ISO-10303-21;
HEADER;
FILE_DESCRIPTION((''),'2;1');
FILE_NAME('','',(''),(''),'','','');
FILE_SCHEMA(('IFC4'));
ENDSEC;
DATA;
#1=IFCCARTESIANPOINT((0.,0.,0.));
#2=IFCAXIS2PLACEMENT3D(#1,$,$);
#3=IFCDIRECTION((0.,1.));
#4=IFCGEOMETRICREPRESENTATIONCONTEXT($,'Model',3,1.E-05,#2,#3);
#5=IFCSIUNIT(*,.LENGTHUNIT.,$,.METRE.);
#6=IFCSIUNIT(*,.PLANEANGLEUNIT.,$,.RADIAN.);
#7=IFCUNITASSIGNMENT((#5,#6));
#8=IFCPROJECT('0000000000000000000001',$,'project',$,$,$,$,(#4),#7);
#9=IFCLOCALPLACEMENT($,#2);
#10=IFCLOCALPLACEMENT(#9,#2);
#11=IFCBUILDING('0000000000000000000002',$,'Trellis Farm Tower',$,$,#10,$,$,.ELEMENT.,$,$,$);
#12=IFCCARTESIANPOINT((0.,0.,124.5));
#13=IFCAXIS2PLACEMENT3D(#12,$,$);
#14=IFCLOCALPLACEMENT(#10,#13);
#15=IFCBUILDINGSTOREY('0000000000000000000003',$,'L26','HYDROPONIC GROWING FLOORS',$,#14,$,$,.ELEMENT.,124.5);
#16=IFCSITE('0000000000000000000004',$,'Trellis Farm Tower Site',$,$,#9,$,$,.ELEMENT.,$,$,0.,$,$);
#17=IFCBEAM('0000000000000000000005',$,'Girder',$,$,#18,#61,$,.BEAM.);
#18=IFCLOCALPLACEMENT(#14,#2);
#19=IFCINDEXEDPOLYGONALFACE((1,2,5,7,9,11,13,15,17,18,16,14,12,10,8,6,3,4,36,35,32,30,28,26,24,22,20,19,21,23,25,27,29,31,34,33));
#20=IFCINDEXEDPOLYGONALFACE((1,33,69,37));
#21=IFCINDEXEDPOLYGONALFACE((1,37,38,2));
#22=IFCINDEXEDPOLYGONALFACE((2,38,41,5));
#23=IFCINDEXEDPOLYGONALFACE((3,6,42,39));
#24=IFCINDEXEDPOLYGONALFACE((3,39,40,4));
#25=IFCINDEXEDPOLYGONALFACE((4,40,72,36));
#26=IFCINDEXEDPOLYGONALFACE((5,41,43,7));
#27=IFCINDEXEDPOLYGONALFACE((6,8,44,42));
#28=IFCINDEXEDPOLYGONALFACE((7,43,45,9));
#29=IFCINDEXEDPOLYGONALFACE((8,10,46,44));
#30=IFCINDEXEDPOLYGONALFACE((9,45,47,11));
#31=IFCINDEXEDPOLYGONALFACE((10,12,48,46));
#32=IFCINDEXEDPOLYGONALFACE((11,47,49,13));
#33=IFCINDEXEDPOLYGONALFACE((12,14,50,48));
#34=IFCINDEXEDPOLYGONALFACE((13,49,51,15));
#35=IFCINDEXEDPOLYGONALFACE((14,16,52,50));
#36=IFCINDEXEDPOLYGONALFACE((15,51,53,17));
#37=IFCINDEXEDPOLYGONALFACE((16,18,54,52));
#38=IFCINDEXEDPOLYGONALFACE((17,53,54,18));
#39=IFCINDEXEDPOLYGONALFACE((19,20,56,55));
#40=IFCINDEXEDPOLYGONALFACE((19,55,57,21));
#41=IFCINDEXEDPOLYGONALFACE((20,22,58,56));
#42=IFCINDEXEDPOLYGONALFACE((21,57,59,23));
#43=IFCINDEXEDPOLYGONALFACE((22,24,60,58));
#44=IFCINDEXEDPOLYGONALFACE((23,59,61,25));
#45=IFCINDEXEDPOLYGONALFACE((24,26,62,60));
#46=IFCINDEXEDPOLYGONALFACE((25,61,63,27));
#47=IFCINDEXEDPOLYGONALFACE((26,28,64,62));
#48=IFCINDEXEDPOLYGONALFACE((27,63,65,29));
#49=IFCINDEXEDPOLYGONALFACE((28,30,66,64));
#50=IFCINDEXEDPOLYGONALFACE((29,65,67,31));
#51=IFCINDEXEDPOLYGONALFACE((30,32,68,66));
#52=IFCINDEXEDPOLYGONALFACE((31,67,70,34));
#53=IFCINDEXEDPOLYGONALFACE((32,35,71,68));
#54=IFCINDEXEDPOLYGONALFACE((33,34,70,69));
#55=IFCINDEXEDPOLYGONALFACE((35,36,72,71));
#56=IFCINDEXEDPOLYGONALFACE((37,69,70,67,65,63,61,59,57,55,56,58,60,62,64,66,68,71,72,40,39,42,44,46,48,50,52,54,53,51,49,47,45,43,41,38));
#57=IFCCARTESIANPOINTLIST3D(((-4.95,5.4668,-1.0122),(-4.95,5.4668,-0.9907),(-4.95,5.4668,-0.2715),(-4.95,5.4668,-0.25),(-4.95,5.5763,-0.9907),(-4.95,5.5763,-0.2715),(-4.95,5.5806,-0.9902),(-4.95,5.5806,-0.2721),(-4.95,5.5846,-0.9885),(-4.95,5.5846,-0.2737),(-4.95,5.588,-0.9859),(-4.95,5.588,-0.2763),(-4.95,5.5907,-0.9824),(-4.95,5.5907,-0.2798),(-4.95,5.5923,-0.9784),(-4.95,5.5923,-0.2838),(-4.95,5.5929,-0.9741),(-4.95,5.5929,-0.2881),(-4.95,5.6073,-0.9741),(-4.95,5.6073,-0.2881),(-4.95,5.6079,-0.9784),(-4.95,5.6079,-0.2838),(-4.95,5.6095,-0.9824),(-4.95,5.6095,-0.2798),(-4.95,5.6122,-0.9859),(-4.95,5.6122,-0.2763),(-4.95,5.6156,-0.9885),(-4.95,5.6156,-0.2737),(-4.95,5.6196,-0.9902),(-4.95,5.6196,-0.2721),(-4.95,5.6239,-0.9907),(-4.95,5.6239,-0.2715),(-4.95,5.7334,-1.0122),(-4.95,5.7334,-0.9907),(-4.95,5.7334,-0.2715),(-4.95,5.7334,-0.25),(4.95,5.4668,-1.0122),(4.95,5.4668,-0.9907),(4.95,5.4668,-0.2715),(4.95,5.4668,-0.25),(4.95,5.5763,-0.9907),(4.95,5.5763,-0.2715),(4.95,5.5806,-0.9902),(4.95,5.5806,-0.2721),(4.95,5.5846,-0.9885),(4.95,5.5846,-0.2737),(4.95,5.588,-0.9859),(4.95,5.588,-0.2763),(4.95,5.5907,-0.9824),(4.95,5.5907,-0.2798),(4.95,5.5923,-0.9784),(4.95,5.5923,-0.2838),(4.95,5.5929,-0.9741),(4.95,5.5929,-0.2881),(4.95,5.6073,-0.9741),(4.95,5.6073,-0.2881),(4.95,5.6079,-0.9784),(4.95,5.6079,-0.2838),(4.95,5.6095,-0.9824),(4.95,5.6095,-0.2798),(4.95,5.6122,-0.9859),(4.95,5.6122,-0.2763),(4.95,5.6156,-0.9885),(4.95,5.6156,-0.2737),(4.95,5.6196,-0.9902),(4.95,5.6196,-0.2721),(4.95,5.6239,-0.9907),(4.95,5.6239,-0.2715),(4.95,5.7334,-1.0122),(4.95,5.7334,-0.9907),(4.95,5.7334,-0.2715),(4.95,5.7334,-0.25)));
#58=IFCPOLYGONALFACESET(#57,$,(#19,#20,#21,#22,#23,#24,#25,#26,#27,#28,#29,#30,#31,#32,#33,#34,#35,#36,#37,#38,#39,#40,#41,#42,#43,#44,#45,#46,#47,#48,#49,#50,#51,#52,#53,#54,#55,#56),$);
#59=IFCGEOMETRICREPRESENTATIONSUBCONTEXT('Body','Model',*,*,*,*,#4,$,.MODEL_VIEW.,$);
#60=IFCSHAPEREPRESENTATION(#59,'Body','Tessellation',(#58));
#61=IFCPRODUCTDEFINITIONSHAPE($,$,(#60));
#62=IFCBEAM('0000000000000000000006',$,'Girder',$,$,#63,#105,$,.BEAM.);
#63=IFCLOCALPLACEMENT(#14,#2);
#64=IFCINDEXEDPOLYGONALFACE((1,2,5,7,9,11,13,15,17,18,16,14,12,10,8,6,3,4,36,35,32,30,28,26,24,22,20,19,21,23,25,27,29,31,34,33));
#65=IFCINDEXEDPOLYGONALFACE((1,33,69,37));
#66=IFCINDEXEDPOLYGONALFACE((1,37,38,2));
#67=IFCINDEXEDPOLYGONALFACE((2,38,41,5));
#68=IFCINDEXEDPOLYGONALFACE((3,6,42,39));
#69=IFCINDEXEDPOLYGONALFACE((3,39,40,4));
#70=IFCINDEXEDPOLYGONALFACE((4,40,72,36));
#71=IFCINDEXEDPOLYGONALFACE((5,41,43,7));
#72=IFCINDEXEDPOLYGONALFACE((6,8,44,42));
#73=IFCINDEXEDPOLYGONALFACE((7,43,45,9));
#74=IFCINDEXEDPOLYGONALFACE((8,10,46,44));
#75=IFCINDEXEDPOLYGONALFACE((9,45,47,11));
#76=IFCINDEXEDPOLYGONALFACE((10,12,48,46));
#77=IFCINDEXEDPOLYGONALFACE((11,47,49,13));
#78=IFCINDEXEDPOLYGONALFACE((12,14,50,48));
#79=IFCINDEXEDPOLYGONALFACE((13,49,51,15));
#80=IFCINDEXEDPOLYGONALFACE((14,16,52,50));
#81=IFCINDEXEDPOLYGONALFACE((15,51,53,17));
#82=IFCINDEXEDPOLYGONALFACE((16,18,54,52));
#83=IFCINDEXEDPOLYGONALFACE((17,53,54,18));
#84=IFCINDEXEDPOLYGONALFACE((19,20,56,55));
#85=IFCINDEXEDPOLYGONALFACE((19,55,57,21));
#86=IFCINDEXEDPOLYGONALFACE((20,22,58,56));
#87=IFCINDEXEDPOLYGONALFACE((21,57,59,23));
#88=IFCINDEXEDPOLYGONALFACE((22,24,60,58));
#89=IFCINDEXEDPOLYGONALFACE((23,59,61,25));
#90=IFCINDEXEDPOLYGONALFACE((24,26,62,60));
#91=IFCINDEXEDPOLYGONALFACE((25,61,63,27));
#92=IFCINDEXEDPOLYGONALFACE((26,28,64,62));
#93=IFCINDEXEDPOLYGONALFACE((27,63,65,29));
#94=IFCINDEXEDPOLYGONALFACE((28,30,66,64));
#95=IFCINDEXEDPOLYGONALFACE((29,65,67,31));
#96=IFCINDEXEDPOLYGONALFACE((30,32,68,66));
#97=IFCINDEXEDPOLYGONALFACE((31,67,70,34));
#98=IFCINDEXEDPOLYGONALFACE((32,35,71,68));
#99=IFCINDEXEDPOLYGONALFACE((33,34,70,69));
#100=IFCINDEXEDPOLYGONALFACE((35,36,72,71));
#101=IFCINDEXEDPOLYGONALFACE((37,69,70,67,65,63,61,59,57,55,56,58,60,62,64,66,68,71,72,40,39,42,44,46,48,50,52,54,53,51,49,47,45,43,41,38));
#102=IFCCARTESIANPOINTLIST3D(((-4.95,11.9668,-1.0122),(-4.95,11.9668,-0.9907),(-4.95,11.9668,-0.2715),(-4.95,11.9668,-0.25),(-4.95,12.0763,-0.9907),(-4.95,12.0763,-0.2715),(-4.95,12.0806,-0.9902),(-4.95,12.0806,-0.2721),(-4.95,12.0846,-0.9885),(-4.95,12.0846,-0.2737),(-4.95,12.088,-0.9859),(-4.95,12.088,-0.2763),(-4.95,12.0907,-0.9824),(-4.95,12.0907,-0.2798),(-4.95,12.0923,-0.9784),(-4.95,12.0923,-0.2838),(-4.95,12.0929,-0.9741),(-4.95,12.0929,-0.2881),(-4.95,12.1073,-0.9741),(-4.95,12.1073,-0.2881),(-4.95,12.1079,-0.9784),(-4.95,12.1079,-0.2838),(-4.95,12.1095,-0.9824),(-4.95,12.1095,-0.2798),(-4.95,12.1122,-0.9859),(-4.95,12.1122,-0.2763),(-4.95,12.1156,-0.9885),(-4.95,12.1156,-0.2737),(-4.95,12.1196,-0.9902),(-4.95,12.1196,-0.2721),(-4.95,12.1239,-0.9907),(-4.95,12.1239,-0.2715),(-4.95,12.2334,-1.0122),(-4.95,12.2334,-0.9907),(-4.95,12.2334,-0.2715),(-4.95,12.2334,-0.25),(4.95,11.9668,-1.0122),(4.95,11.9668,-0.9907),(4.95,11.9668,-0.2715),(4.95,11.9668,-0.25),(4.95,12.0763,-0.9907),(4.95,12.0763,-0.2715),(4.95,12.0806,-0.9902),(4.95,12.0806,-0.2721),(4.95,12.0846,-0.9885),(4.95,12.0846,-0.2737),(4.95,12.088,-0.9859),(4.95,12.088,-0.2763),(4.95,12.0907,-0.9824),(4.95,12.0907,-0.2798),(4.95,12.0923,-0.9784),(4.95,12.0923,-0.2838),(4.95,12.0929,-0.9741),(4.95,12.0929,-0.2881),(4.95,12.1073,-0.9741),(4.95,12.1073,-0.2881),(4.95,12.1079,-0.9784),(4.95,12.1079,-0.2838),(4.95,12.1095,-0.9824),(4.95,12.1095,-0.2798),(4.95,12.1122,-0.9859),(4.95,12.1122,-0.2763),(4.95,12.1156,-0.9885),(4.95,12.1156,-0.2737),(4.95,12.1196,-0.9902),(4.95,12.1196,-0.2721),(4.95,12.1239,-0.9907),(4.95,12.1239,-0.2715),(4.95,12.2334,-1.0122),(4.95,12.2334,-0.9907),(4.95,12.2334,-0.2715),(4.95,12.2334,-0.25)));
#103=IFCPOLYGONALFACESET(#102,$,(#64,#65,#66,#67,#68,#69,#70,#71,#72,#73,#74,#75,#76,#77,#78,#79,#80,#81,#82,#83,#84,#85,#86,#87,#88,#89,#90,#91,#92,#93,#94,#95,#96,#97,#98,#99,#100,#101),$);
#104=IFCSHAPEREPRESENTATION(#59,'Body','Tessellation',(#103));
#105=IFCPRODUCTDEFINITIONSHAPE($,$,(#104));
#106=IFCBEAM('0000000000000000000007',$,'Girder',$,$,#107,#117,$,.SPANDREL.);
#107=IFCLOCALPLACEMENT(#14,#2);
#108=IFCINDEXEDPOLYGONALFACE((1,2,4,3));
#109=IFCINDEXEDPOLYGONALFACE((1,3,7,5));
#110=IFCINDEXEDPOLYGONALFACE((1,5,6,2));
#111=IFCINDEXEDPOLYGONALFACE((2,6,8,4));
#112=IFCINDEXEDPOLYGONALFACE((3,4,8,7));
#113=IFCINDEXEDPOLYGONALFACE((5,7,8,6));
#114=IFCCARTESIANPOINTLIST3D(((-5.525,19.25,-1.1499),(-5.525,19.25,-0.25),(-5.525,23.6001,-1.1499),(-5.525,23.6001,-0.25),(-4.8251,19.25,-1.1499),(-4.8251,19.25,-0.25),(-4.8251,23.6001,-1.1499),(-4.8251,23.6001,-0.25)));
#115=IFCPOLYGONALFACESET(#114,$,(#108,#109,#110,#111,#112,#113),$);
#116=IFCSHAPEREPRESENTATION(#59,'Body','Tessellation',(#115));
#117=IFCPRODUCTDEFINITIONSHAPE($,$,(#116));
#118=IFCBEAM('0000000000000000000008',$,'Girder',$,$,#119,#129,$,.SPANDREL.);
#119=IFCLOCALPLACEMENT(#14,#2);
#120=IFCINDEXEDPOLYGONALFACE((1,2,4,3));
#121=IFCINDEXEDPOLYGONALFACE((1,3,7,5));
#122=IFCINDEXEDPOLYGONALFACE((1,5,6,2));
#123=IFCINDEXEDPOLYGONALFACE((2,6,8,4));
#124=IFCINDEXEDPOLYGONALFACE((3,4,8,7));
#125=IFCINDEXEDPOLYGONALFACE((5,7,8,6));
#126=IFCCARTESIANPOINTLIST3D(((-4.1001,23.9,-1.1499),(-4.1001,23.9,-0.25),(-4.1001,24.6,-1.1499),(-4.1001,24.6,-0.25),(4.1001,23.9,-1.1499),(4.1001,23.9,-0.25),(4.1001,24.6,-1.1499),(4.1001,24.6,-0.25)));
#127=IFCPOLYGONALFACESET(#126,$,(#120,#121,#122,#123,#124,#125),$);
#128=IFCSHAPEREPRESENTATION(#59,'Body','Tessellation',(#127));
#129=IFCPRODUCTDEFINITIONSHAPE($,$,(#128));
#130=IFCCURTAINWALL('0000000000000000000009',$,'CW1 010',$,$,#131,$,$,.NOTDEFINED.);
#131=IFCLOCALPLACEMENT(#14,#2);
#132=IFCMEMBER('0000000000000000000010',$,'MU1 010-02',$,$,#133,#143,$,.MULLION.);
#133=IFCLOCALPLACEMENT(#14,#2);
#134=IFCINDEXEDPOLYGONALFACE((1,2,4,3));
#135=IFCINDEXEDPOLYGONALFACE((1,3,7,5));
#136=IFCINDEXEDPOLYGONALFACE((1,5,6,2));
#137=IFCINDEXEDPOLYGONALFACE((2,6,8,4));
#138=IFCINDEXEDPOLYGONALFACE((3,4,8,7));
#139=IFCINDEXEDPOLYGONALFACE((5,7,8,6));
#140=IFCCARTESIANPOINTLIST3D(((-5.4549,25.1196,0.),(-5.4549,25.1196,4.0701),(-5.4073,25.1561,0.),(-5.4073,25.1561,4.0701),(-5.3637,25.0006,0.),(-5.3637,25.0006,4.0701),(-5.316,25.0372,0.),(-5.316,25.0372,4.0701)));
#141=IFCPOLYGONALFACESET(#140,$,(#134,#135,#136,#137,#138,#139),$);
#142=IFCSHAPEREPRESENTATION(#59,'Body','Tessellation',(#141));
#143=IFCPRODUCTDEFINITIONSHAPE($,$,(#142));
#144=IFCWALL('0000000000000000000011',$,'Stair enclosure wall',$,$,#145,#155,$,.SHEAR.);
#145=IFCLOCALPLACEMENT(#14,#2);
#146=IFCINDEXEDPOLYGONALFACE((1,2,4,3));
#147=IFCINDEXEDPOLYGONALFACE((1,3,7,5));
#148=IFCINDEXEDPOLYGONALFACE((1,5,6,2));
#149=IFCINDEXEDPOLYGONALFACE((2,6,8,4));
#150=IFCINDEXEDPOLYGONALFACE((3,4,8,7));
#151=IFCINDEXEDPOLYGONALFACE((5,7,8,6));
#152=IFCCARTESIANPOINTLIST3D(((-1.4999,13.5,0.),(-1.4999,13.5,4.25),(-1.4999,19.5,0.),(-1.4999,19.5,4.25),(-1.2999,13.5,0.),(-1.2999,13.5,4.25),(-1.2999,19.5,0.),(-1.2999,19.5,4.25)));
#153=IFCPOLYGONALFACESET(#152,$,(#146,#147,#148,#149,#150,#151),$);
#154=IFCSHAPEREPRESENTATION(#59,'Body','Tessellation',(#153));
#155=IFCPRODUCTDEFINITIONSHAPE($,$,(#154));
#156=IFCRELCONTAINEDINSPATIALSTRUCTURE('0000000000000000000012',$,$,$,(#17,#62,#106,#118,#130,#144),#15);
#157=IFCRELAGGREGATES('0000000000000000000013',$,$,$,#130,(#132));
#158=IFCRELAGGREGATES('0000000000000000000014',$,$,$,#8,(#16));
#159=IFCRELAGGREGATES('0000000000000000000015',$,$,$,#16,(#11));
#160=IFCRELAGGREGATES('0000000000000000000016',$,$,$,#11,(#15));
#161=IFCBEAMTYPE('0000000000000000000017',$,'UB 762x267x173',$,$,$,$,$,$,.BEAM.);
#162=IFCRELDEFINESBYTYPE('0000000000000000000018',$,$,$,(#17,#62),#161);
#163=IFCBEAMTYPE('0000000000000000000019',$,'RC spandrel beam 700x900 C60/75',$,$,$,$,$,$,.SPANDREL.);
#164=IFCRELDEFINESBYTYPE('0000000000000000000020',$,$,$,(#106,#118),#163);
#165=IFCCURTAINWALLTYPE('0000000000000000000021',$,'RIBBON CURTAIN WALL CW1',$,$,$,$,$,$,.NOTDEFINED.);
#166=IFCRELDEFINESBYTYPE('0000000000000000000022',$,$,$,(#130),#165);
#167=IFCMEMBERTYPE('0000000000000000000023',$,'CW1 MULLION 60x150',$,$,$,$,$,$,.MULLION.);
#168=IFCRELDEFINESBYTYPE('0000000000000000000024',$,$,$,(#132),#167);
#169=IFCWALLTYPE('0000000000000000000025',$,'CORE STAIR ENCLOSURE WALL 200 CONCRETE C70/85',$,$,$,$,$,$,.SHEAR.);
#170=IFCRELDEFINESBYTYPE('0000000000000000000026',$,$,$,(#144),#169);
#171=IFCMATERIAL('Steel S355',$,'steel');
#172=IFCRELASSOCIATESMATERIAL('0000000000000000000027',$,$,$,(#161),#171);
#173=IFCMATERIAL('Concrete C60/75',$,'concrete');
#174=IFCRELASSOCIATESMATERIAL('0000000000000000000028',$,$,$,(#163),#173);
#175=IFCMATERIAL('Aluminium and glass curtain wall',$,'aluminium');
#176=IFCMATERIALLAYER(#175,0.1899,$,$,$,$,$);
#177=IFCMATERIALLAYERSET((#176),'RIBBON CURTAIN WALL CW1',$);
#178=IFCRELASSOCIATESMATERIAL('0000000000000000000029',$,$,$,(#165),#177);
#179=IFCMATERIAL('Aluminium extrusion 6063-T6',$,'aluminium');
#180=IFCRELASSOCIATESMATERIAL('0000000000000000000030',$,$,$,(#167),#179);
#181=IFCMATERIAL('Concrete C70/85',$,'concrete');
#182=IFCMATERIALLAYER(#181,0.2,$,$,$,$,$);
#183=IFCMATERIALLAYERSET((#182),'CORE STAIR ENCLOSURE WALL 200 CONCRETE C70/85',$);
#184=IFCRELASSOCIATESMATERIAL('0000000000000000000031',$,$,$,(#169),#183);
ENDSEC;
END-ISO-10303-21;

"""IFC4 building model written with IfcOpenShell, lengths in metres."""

from ifc_helpers import new_model, si_unit, direction, frame, frame_2d, origin, origin_2d, place, context, subcontext, project, spatial, rectangle, i_section, extrude, source, transform, mapped, material, layer, layer_set, material_profile, profile_set, type_object, element, aggregate, save


model = new_model("IFC4")

# Units and contexts
model_context = context("Model", 3, precision=1e-05, world=origin(), true_north=direction((0.0, 1.0)))
body_context = subcontext(model_context, "Body", "Model", "MODEL_VIEW")
ifc_project = project(units=[si_unit("LENGTHUNIT", "METRE"), si_unit("PLANEANGLEUNIT", "RADIAN")], contexts=[model_context])

# Site, building, storey
site_placement = place(None, origin())
site = spatial("IfcSite", under=ifc_project, at=site_placement, Name="Trellis Farm Tower Site", CompositionType="ELEMENT", RefElevation=0.0)
building_placement = place(site_placement, origin())
building = spatial("IfcBuilding", under=site, at=building_placement, Name="Trellis Farm Tower", CompositionType="ELEMENT")
storey_placement = place(building_placement, frame((0.0, 0.0, 124.5)))
storey = spatial("IfcBuildingStorey", under=building, at=storey_placement, Name="L26", Description="HYDROPONIC GROWING FLOORS", CompositionType="ELEMENT", Elevation=124.5)

# Beams
ifc_material_1 = material(Name="Steel S355", Category="steel")
ifc_material_profile_1 = material_profile(ifc_material_1, i_section(OverallWidth=0.2666, OverallDepth=0.7622, WebThickness=0.0144, FlangeThickness=0.0215, FilletRadius=0.0166, at=origin_2d()), Name="UB 762x267x173")
ifc_profile_set_1 = profile_set([ifc_material_profile_1], Name="Steel S355")
beam_type_1 = type_object("IfcBeamType", Name="UB 762x267x173", PredefinedType="BEAM", material=ifc_profile_set_1)
shared_shape_1 = source(origin(), body_context, "Body", "SweptSolid", [
    extrude(i_section(OverallWidth=0.2666, OverallDepth=0.7622, WebThickness=0.0144, FlangeThickness=0.0215, FilletRadius=0.0166, at=origin_2d()), origin(), (0.0, 0.0, 1.0), 9.8999),
])
for number, where, z_axis, x_axis, name in (
    (1, (-4.95, 5.6001, -0.6311), (1.0, 0.0, 0.0), (0.0, 1.0, 0.0), "Girder"),
    (2, (-4.95, 12.1001, -0.6311), (1.0, 0.0, 0.0), (0.0, 1.0, 0.0), "Girder"),
):
    element("IfcBeam", number, at=place(storey_placement, frame(where, z_axis=z_axis, x_axis=x_axis)), inside=storey, type_object=beam_type_1, Name=name, PredefinedType="BEAM", context=body_context, shape_type="MappedRepresentation", body=[
        mapped(shared_shape_1, transform((0.0, 0.0, 0.0))),
    ])
ifc_material_2 = material(Name="Concrete C60/75", Category="concrete")
ifc_material_profile_2 = material_profile(ifc_material_2, rectangle(XDim=0.7, YDim=0.8999, at=origin_2d()), Name="RC spandrel beam 700x900 C60/75")
ifc_profile_set_2 = profile_set([ifc_material_profile_2], Name="Concrete C60/75")
beam_type_2 = type_object("IfcBeamType", Name="RC spandrel beam 700x900 C60/75", PredefinedType="SPANDREL", material=ifc_profile_set_2)
shared_shape_2 = source(origin(), body_context, "Body", "SweptSolid", [
    extrude(rectangle(XDim=0.7, YDim=0.8999, at=origin_2d()), origin(), (0.0, 0.0, 1.0), 4.3501),
])
beam_1_placement = place(storey_placement, frame((-5.175, 19.25, -0.7), z_axis=(0.0, 1.0, 0.0), x_axis=(-1.0, 0.0, 0.0)))
element("IfcBeam", 3, at=beam_1_placement, inside=storey, type_object=beam_type_2, Name="Girder", PredefinedType="SPANDREL", context=body_context, shape_type="MappedRepresentation", body=[
    mapped(shared_shape_2, transform((0.0, 0.0, 0.0))),
])
shared_shape_3 = source(origin(), body_context, "Body", "SweptSolid", [
    extrude(rectangle(XDim=0.7, YDim=0.8999, at=origin_2d()), origin(), (0.0, 0.0, 1.0), 8.2002),
])
beam_2_placement = place(storey_placement, frame((-4.1001, 24.25, -0.7), z_axis=(1.0, 0.0, 0.0), x_axis=(0.0, 1.0, 0.0)))
element("IfcBeam", 4, at=beam_2_placement, inside=storey, type_object=beam_type_2, Name="Girder", PredefinedType="SPANDREL", context=body_context, shape_type="MappedRepresentation", body=[
    mapped(shared_shape_3, transform((0.0, 0.0, 0.0))),
])

# Curtain wall, member
ifc_material_3 = material(Name="Aluminium and glass curtain wall", Category="aluminium")
ifc_layer_1 = layer(ifc_material_3, 0.1899)
ifc_layer_set_1 = layer_set([ifc_layer_1], Name="RIBBON CURTAIN WALL CW1")
curtain_wall_type = type_object("IfcCurtainWallType", Name="RIBBON CURTAIN WALL CW1", PredefinedType="NOTDEFINED", material=ifc_layer_set_1)
placement = place(storey_placement, origin())
curtain_wall = element("IfcCurtainWall", 5, at=placement, inside=storey, type_object=curtain_wall_type, Name="CW1 010", PredefinedType="NOTDEFINED")
ifc_material_4 = material(Name="Aluminium extrusion 6063-T6", Category="aluminium")
ifc_material_profile_3 = material_profile(ifc_material_4, rectangle(XDim=0.0601, YDim=0.1499, at=origin_2d()), Name="MULLION 60x150")
ifc_profile_set_3 = profile_set([ifc_material_profile_3], Name="Aluminium extrusion 6063-T6")
member_type = type_object("IfcMemberType", Name="CW1 MULLION 60x150", PredefinedType="MULLION", material=ifc_profile_set_3)
shared_shape_4 = source(origin(), body_context, "Body", "SweptSolid", [
    extrude(rectangle(XDim=0.0601, YDim=0.1499, at=origin_2d()), origin(), (0.0, 0.0, 1.0), 4.0701),
])
member_placement = place(storey_placement, frame((-5.3855, 25.0784, 0.0), z_axis=(0.0, 0.0, 1.0), x_axis=(-0.793353, -0.608761, 0.0)))
member = element("IfcMember", 6, at=member_placement, type_object=member_type, Name="MU1 010-02", PredefinedType="MULLION", context=body_context, shape_type="MappedRepresentation", body=[
    mapped(shared_shape_4, transform((0.0, 0.0, 0.0))),
])
aggregate(curtain_wall, [member])

# Wall
ifc_material_5 = material(Name="Concrete C70/85", Category="concrete")
ifc_layer_2 = layer(ifc_material_5, 0.2)
ifc_layer_set_2 = layer_set([ifc_layer_2], Name="CORE STAIR ENCLOSURE WALL 200 CONCRETE C70/85")
wall_type_1 = type_object("IfcWallType", Name="CORE STAIR ENCLOSURE WALL 200 CONCRETE C70/85", PredefinedType="SHEAR", material=ifc_layer_set_2)
shared_shape_5 = source(origin(), body_context, "Body", "SweptSolid", [
    extrude(rectangle(XDim=6.0, YDim=0.2, at=frame_2d((3.0, 0.0))), origin(), (0.0, 0.0, 1.0), 4.25),
])
wall_1_placement = place(storey_placement, frame((-1.3999, 13.5, 0.0), z_axis=(0.0, 0.0, 1.0), x_axis=(0.0, 1.0, 0.0)))
element("IfcWall", 7, at=wall_1_placement, inside=storey, type_object=wall_type_1, Name="Stair enclosure wall", PredefinedType="SHEAR", context=body_context, shape_type="MappedRepresentation", body=[
    mapped(shared_shape_5, transform((0.0, 0.0, 0.0))),
])

save(model, "model.ifc")
